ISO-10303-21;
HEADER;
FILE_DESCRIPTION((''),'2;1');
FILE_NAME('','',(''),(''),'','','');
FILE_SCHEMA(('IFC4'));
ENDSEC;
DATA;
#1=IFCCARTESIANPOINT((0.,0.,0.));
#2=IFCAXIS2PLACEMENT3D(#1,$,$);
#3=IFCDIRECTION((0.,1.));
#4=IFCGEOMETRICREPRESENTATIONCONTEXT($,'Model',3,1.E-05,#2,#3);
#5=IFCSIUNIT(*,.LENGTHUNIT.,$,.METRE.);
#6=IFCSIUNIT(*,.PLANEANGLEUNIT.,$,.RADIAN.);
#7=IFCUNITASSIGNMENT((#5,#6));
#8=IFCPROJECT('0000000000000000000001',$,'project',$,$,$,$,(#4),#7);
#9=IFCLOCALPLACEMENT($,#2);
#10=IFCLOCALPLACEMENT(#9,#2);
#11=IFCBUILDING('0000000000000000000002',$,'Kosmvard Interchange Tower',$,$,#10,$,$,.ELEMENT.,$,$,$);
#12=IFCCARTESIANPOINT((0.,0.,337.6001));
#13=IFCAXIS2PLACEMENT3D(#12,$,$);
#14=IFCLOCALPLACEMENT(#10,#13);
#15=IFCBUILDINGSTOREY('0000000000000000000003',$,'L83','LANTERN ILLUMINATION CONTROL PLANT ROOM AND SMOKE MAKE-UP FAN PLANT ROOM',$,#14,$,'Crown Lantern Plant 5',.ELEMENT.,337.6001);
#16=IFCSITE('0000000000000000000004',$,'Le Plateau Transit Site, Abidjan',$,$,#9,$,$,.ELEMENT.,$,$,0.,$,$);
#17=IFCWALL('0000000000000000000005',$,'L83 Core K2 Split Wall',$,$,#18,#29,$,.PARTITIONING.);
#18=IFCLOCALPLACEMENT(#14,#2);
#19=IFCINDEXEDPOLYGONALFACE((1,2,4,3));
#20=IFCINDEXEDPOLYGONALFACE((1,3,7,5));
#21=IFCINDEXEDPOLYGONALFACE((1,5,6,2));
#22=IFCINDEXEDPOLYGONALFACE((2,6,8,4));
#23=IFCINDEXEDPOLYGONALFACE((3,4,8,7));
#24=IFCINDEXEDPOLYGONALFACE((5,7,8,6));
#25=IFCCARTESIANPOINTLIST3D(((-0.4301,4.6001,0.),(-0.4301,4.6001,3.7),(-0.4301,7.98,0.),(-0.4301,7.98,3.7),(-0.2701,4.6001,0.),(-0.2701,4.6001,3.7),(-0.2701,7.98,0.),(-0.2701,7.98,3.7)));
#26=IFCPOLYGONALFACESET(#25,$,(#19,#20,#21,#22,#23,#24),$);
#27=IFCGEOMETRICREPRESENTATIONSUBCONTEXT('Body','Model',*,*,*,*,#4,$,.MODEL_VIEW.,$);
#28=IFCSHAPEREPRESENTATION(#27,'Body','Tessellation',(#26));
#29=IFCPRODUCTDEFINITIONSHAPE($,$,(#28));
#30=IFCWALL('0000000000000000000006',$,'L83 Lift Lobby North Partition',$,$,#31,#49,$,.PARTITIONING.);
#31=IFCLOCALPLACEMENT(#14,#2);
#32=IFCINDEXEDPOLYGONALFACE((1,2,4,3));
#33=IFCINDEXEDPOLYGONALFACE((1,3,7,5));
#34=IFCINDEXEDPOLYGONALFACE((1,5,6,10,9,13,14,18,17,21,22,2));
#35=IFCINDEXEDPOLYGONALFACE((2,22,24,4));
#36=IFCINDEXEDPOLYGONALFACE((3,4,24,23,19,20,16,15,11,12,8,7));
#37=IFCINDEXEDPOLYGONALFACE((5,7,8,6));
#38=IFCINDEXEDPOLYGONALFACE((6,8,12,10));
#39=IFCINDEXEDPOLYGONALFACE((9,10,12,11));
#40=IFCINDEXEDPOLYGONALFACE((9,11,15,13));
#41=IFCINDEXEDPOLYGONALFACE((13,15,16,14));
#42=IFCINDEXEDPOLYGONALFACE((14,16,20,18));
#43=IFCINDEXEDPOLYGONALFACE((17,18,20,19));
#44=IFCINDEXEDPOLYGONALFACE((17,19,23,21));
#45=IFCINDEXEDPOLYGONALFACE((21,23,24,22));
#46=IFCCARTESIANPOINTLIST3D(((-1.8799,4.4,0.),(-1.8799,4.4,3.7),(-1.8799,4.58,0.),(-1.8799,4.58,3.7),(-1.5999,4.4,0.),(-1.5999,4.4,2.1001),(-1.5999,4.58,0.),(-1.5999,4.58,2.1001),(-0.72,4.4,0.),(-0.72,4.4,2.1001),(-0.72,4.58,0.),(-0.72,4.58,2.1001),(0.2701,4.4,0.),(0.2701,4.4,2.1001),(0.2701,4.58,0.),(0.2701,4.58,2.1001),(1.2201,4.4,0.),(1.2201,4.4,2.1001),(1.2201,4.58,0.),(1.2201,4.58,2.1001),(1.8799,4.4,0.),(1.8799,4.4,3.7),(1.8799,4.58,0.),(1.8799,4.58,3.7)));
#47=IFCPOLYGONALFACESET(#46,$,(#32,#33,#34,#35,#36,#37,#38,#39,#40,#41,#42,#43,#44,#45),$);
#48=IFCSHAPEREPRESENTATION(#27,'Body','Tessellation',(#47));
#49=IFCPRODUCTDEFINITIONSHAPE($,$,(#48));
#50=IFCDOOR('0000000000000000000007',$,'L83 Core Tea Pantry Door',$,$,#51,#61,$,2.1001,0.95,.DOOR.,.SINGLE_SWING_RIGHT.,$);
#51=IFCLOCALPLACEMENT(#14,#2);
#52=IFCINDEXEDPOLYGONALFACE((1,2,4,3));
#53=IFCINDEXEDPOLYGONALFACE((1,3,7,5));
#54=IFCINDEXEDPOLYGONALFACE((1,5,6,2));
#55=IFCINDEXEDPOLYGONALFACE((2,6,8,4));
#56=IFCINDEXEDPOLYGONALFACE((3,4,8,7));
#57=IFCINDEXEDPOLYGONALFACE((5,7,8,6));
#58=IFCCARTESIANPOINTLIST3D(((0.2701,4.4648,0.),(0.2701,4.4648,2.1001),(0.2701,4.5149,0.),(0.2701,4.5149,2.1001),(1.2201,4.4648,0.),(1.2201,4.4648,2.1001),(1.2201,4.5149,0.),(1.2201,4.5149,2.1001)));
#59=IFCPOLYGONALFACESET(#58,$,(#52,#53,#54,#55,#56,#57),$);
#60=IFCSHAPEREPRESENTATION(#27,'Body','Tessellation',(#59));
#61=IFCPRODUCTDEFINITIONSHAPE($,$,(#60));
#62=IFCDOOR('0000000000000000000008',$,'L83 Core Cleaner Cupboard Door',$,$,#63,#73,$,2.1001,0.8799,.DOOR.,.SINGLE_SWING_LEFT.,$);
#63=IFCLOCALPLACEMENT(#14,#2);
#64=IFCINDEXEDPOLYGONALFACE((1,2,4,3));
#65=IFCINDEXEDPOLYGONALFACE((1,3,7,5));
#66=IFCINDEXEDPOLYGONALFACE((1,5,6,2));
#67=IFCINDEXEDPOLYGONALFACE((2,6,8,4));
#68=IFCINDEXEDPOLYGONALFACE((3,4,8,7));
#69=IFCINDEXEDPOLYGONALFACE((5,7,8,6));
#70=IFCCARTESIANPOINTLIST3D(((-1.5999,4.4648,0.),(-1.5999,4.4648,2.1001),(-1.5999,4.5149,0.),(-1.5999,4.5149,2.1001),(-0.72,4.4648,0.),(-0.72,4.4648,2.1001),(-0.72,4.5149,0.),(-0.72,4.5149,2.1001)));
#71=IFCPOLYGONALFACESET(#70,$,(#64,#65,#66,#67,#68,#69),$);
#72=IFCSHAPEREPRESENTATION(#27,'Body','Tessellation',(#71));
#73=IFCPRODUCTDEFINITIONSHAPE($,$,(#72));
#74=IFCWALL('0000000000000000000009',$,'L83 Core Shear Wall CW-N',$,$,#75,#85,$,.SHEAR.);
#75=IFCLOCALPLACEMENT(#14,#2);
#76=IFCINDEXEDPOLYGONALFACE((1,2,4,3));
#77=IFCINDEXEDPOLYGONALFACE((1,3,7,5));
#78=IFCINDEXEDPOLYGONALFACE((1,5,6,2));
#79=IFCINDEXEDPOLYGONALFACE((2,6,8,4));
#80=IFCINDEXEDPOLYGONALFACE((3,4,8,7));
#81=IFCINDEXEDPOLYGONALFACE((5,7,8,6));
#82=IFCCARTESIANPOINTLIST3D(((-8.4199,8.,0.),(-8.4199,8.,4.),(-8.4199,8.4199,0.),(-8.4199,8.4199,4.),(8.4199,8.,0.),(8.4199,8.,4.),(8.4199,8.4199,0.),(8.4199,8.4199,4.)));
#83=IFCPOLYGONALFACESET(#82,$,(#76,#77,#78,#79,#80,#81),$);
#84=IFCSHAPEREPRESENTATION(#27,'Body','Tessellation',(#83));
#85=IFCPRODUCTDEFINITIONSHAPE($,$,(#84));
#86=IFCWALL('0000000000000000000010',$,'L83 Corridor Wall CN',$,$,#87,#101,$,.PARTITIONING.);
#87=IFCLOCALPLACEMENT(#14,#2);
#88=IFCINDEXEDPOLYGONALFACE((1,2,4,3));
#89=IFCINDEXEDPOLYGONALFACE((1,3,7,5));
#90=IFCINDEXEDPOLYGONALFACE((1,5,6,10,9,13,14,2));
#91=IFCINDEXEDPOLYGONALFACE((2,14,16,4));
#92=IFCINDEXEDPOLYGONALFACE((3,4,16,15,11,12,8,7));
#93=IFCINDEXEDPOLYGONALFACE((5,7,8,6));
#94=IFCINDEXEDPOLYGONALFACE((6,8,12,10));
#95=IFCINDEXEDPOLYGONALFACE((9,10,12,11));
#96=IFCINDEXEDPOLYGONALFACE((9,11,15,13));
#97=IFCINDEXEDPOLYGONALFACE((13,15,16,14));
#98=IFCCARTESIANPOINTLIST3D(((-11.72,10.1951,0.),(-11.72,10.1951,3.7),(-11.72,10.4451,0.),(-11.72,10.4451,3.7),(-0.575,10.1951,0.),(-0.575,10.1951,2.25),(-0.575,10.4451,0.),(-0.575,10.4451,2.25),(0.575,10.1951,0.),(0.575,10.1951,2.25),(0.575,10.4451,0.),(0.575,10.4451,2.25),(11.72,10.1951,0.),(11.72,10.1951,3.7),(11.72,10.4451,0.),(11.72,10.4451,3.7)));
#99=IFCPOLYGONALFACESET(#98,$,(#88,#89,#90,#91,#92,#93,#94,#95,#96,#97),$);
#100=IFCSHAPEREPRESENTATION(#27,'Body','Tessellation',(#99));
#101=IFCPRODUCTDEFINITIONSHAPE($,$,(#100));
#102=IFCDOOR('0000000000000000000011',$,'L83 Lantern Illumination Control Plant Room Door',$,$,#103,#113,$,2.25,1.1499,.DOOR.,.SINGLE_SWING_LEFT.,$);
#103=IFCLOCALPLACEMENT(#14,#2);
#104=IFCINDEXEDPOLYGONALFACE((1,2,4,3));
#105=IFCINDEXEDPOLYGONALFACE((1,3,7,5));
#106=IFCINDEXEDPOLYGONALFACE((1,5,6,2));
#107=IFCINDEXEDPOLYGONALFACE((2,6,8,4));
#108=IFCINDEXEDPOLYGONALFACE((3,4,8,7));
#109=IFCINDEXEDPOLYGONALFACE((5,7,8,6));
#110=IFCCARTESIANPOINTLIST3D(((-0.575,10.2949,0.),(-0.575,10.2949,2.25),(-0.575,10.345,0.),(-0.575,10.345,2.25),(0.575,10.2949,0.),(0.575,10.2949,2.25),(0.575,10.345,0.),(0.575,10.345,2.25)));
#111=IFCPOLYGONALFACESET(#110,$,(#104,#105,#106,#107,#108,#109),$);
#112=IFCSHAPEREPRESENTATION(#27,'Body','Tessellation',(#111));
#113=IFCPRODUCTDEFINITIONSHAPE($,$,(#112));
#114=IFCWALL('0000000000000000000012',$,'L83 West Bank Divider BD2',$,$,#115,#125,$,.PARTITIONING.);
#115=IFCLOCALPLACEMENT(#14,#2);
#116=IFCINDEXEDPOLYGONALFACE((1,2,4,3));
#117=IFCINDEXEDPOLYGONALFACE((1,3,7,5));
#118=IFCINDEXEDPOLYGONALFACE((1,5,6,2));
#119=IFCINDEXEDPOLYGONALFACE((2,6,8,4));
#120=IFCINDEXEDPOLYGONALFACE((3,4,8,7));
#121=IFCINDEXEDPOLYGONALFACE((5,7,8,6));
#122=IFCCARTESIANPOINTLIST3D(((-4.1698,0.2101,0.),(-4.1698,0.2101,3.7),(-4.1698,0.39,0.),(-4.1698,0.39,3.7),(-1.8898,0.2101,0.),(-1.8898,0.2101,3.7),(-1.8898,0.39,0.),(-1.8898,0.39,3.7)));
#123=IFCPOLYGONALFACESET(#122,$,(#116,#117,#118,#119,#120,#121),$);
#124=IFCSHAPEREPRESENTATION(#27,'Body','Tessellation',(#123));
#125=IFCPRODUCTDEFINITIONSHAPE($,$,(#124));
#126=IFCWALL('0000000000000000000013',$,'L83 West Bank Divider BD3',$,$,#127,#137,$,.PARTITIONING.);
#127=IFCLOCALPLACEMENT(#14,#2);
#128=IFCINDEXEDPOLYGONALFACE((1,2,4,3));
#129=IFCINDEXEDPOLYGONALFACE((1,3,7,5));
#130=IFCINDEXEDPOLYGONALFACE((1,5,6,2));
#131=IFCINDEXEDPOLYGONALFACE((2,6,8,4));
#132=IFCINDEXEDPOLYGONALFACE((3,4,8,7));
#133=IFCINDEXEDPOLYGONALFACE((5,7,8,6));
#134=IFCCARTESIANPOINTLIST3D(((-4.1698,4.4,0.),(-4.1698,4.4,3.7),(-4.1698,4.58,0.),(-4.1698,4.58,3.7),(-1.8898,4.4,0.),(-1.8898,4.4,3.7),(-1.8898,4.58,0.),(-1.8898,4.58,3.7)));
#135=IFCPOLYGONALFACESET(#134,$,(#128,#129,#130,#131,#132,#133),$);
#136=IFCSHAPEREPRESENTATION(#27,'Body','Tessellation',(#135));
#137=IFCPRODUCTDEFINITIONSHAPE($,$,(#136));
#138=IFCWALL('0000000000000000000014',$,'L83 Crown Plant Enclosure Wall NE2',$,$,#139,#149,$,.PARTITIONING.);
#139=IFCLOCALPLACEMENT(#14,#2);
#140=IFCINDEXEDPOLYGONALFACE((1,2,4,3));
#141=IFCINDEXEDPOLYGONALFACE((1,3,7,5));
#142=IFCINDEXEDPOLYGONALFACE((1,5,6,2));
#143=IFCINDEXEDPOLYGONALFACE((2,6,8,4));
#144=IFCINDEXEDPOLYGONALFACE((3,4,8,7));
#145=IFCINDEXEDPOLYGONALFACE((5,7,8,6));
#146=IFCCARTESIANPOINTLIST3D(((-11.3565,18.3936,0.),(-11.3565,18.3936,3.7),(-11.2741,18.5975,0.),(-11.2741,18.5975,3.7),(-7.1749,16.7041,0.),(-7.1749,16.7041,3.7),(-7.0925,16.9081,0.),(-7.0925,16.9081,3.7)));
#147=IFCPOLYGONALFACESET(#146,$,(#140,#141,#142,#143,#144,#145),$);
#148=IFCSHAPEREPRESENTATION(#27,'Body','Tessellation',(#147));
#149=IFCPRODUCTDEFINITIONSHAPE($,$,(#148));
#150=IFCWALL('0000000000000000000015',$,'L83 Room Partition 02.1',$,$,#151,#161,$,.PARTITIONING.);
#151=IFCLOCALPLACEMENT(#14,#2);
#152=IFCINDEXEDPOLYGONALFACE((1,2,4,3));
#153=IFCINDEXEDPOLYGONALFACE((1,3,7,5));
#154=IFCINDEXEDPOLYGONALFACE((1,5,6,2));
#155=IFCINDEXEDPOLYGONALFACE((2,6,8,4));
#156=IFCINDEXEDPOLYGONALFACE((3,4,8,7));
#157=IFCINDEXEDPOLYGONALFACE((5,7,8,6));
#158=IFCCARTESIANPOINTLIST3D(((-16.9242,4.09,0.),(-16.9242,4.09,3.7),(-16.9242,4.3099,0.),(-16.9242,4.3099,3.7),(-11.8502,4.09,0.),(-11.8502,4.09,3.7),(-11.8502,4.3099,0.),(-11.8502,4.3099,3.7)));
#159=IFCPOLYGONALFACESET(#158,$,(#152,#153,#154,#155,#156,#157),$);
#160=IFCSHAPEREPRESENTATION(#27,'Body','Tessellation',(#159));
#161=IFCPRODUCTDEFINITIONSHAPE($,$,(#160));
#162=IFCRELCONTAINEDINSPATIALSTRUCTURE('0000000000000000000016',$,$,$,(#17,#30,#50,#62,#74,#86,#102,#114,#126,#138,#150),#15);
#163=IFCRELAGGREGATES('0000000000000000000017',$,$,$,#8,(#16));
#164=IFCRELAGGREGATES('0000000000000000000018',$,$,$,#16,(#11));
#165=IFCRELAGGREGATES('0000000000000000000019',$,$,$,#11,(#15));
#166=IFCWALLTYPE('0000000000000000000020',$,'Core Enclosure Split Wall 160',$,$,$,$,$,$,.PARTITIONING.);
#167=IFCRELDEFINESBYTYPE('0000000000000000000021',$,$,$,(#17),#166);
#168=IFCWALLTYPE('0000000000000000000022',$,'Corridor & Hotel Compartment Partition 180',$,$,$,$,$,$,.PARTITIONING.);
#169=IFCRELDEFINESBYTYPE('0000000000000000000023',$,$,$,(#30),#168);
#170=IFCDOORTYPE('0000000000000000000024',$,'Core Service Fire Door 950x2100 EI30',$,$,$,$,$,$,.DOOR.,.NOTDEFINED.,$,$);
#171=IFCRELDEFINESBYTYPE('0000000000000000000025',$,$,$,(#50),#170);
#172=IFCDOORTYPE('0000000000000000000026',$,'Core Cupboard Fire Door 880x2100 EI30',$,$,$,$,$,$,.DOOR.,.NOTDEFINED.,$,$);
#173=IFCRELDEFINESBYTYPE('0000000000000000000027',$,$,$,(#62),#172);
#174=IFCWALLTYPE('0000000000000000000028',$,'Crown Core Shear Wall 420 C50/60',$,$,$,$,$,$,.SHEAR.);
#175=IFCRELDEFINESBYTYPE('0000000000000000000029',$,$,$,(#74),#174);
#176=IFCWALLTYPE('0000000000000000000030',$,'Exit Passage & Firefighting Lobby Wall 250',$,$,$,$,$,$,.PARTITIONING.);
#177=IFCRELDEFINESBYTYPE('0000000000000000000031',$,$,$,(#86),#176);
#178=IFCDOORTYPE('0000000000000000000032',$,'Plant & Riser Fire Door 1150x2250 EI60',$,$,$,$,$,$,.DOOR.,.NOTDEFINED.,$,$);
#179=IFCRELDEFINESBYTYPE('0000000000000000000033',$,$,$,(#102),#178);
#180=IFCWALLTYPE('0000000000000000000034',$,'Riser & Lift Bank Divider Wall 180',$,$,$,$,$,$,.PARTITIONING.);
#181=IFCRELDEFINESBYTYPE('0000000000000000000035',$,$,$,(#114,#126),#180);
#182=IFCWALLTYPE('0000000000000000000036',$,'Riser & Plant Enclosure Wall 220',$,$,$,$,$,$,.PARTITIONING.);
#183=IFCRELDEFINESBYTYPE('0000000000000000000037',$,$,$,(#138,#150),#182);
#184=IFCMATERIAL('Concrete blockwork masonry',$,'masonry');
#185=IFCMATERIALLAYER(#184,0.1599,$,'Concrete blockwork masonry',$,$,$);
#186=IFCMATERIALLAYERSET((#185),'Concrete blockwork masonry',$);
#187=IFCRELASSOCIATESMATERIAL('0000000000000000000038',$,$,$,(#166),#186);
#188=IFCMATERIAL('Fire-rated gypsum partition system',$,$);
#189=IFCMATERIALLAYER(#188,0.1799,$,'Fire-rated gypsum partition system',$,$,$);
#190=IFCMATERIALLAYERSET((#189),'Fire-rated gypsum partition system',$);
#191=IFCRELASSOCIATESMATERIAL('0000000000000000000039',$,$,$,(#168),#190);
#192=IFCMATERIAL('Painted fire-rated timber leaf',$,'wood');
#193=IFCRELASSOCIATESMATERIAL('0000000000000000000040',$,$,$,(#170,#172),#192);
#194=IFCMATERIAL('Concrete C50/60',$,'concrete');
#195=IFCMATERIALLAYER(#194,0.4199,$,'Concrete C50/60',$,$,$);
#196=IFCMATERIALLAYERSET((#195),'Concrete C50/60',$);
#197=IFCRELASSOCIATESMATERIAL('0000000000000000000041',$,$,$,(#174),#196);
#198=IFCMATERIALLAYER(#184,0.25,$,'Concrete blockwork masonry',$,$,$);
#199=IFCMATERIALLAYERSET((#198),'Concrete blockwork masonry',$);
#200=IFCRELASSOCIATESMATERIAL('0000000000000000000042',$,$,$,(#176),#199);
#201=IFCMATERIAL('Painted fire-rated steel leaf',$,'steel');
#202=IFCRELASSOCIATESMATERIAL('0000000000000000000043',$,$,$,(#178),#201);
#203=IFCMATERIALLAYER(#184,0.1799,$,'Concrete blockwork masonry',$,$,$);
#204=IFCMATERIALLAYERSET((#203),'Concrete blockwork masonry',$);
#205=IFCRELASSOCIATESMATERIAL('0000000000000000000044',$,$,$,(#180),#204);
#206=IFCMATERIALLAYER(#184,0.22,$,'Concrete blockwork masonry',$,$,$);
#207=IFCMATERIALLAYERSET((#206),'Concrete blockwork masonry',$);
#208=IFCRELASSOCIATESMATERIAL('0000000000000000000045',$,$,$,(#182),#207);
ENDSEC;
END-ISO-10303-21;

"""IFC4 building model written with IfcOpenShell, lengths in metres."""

from ifc_helpers import new_model, si_unit, direction, frame, frame_2d, origin, place, context, subcontext, project, spatial, rectangle, extrude, source, transform, mapped, material, layer, layer_set, type_object, element, fill, save


model = new_model("IFC4")

# Units and contexts
model_context = context("Model", 3, precision=1e-05, world=origin(), true_north=direction((0.0, 1.0)))
body_context = subcontext(model_context, "Body", "Model", "MODEL_VIEW")
ifc_project = project(units=[si_unit("LENGTHUNIT", "METRE"), si_unit("PLANEANGLEUNIT", "RADIAN")], contexts=[model_context])

# Site, building, storey
site_placement = place(None, origin())
site = spatial("IfcSite", under=ifc_project, at=site_placement, Name="Le Plateau Transit Site, Abidjan", CompositionType="ELEMENT", RefElevation=0.0)
building_placement = place(site_placement, origin())
building = spatial("IfcBuilding", under=site, at=building_placement, Name="Kosmvard Interchange Tower", CompositionType="ELEMENT")
storey_placement = place(building_placement, frame((0.0, 0.0, 337.6001)))
storey = spatial("IfcBuildingStorey", under=building, at=storey_placement, Name="L83", Description="LANTERN ILLUMINATION CONTROL PLANT ROOM AND SMOKE MAKE-UP FAN PLANT ROOM", LongName="Crown Lantern Plant 5", CompositionType="ELEMENT", Elevation=337.6001)

# Shared definitions
ifc_material_1 = material(Name="Concrete C50/60", Category="concrete")

# Wall
ifc_material_2 = material(Name="Fire-rated gypsum partition system")
ifc_material_3 = material(Name="Concrete blockwork masonry", Category="masonry")
ifc_layer_1 = layer(ifc_material_3, 0.1599, Name="Concrete blockwork masonry")
ifc_layer_set_1 = layer_set([ifc_layer_1], Name="Concrete blockwork masonry")
wall_type_1 = type_object("IfcWallType", Name="Core Enclosure Split Wall 160", PredefinedType="PARTITIONING", material=ifc_layer_set_1)
wall_1_placement = place(storey_placement, frame((-0.3501, 4.6001, 0.0), z_axis=(0.0, 0.0, 1.0), x_axis=(0.0, 1.0, 0.0)))
element("IfcWall", 1, at=wall_1_placement, inside=storey, type_object=wall_type_1, Name="L83 Core K2 Split Wall", PredefinedType="PARTITIONING", context=body_context, shape_type="SweptSolid", body=[
    extrude(rectangle(XDim=3.3799, YDim=0.1599, at=frame_2d((1.6899, 0.0))), origin(), (0.0, 0.0, 1.0), 3.7),
])

# Wall, openings, doors
ifc_layer_2 = layer(ifc_material_2, 0.1799, Name="Fire-rated gypsum partition system")
ifc_layer_set_2 = layer_set([ifc_layer_2], Name="Fire-rated gypsum partition system")
wall_type_2 = type_object("IfcWallType", Name="Corridor & Hotel Compartment Partition 180", PredefinedType="PARTITIONING", material=ifc_layer_set_2)
wall_2_placement = place(storey_placement, frame((-1.8799, 4.49, 0.0), z_axis=(0.0, 0.0, 1.0), x_axis=(1.0, 0.0, 0.0)))
wall_2 = element("IfcWall", 2, at=wall_2_placement, inside=storey, type_object=wall_type_2, Name="L83 Lift Lobby North Partition", PredefinedType="PARTITIONING", context=body_context, shape_type="SweptSolid", body=[
    extrude(rectangle(XDim=3.7598, YDim=0.1799, at=frame_2d((1.8799, 0.0))), origin(), (0.0, 0.0, 1.0), 3.7),
])
opening_1_placement = place(wall_2_placement, frame((0.28, 0.0, 0.0)))
opening_1 = element("IfcOpeningElement", 3, at=opening_1_placement, cuts=wall_2, PredefinedType="OPENING", context=body_context, shape_type="SweptSolid", body=[
    extrude(rectangle(XDim=0.8799, YDim=2.1001, at=frame_2d((0.4399, 1.05))), frame((0.0, 0.1001, 0.0), z_axis=(0.0, -1.0, 0.0), x_axis=(1.0, 0.0, 0.0)), (0.0, 0.0, 1.0), 0.2),
])
opening_2_placement = place(wall_2_placement, frame((2.1499, 0.0, 0.0)))
opening_2 = element("IfcOpeningElement", 4, at=opening_2_placement, cuts=wall_2, PredefinedType="OPENING", context=body_context, shape_type="SweptSolid", body=[
    extrude(rectangle(XDim=0.95, YDim=2.1001, at=frame_2d((0.4751, 1.05))), frame((0.0, 0.1001, 0.0), z_axis=(0.0, -1.0, 0.0), x_axis=(1.0, 0.0, 0.0)), (0.0, 0.0, 1.0), 0.2),
])
ifc_material_4 = material(Name="Painted fire-rated timber leaf", Category="wood")
door_type_1 = type_object("IfcDoorType", Name="Core Service Fire Door 950x2100 EI30", OperationType="NOTDEFINED", PredefinedType="DOOR", material=ifc_material_4)
shared_shape_1 = source(origin(), body_context, "Body", "SweptSolid", [
    extrude(rectangle(XDim=0.95, YDim=2.1001, at=frame_2d((0.4751, 1.05))), frame((0.0, 0.0249, 0.0), z_axis=(0.0, -1.0, 0.0), x_axis=(1.0, 0.0, 0.0)), (0.0, 0.0, 1.0), 0.05),
])
door_1_placement = place(opening_2_placement, origin())
door_1 = element("IfcDoor", 5, at=door_1_placement, inside=storey, type_object=door_type_1, Name="L83 Core Tea Pantry Door", OperationType="SINGLE_SWING_RIGHT", OverallHeight=2.1001, OverallWidth=0.95, PredefinedType="DOOR", context=body_context, shape_type="MappedRepresentation", body=[
    mapped(shared_shape_1, transform((0.0, 0.0, 0.0), scale=1.0)),
])
fill(opening_2, door_1)
door_type_2 = type_object("IfcDoorType", Name="Core Cupboard Fire Door 880x2100 EI30", OperationType="NOTDEFINED", PredefinedType="DOOR", material=ifc_material_4)
shared_shape_2 = source(origin(), body_context, "Body", "SweptSolid", [
    extrude(rectangle(XDim=0.8799, YDim=2.1001, at=frame_2d((0.4399, 1.05))), frame((0.0, 0.0249, 0.0), z_axis=(0.0, -1.0, 0.0), x_axis=(1.0, 0.0, 0.0)), (0.0, 0.0, 1.0), 0.05),
])
door_2_placement = place(opening_1_placement, origin())
door_2 = element("IfcDoor", 6, at=door_2_placement, inside=storey, type_object=door_type_2, Name="L83 Core Cleaner Cupboard Door", OperationType="SINGLE_SWING_LEFT", OverallHeight=2.1001, OverallWidth=0.8799, PredefinedType="DOOR", context=body_context, shape_type="MappedRepresentation", body=[
    mapped(shared_shape_2, transform((0.0, 0.0, 0.0), scale=1.0)),
])
fill(opening_1, door_2)

# Wall
ifc_layer_3 = layer(ifc_material_1, 0.4199, Name="Concrete C50/60")
ifc_layer_set_3 = layer_set([ifc_layer_3], Name="Concrete C50/60")
wall_type_3 = type_object("IfcWallType", Name="Crown Core Shear Wall 420 C50/60", PredefinedType="SHEAR", material=ifc_layer_set_3)
wall_3_placement = place(storey_placement, frame((-8.4199, 8.21, 0.0), z_axis=(0.0, 0.0, 1.0), x_axis=(1.0, 0.0, 0.0)))
element("IfcWall", 7, at=wall_3_placement, inside=storey, type_object=wall_type_3, Name="L83 Core Shear Wall CW-N", PredefinedType="SHEAR", context=body_context, shape_type="SweptSolid", body=[
    extrude(rectangle(XDim=16.8398, YDim=0.4199, at=frame_2d((8.4199, 0.0))), origin(), (0.0, 0.0, 1.0), 4.0),
])

# Wall, opening, door
ifc_layer_4 = layer(ifc_material_3, 0.25, Name="Concrete blockwork masonry")
ifc_layer_set_4 = layer_set([ifc_layer_4], Name="Concrete blockwork masonry")
wall_type_4 = type_object("IfcWallType", Name="Exit Passage & Firefighting Lobby Wall 250", PredefinedType="PARTITIONING", material=ifc_layer_set_4)
wall_4_placement = place(storey_placement, frame((-11.72, 10.3201, 0.0), z_axis=(0.0, 0.0, 1.0), x_axis=(1.0, 0.0, 0.0)))
wall_4 = element("IfcWall", 8, at=wall_4_placement, inside=storey, type_object=wall_type_4, Name="L83 Corridor Wall CN", PredefinedType="PARTITIONING", context=body_context, shape_type="SweptSolid", body=[
    extrude(rectangle(XDim=23.4399, YDim=0.25, at=frame_2d((11.72, 0.0))), origin(), (0.0, 0.0, 1.0), 3.7),
])
opening_3_placement = place(wall_4_placement, frame((11.145, 0.0, 0.0)))
opening_3 = element("IfcOpeningElement", 9, at=opening_3_placement, cuts=wall_4, PredefinedType="OPENING", context=body_context, shape_type="SweptSolid", body=[
    extrude(rectangle(XDim=1.1499, YDim=2.25, at=frame_2d((0.575, 1.125))), frame((0.0, 0.135, 0.0), z_axis=(0.0, -1.0, 0.0), x_axis=(1.0, 0.0, 0.0)), (0.0, 0.0, 1.0), 0.27),
])
ifc_material_5 = material(Name="Painted fire-rated steel leaf", Category="steel")
door_type_3 = type_object("IfcDoorType", Name="Plant & Riser Fire Door 1150x2250 EI60", OperationType="NOTDEFINED", PredefinedType="DOOR", material=ifc_material_5)
shared_shape_3 = source(origin(), body_context, "Body", "SweptSolid", [
    extrude(rectangle(XDim=1.1499, YDim=2.25, at=frame_2d((0.575, 1.125))), frame((0.0, 0.0249, 0.0), z_axis=(0.0, -1.0, 0.0), x_axis=(1.0, 0.0, 0.0)), (0.0, 0.0, 1.0), 0.05),
])
door_3_placement = place(opening_3_placement, origin())
door_3 = element("IfcDoor", 10, at=door_3_placement, inside=storey, type_object=door_type_3, Name="L83 Lantern Illumination Control Plant Room Door", OperationType="SINGLE_SWING_LEFT", OverallHeight=2.25, OverallWidth=1.1499, PredefinedType="DOOR", context=body_context, shape_type="MappedRepresentation", body=[
    mapped(shared_shape_3, transform((0.0, 0.0, 0.0), scale=1.0)),
])
fill(opening_3, door_3)

# Walls
ifc_layer_5 = layer(ifc_material_3, 0.1799, Name="Concrete blockwork masonry")
ifc_layer_set_5 = layer_set([ifc_layer_5], Name="Concrete blockwork masonry")
wall_type_5 = type_object("IfcWallType", Name="Riser & Lift Bank Divider Wall 180", PredefinedType="PARTITIONING", material=ifc_layer_set_5)
for number, where, z_axis, x_axis, name in (
    (11, (-4.1699, 0.3, 0.0), (0.0, 0.0, 1.0), (1.0, 0.0, 0.0), "L83 West Bank Divider BD2"),
    (12, (-4.1699, 4.49, 0.0), (0.0, 0.0, 1.0), (1.0, 0.0, 0.0), "L83 West Bank Divider BD3"),
):
    element("IfcWall", number, at=place(storey_placement, frame(where, z_axis=z_axis, x_axis=x_axis)), inside=storey, type_object=wall_type_5, Name=name, PredefinedType="PARTITIONING", context=body_context, shape_type="SweptSolid", body=[
        extrude(rectangle(XDim=2.28, YDim=0.1799, at=frame_2d((1.1401, 0.0))), origin(), (0.0, 0.0, 1.0), 3.7),
    ])
ifc_layer_6 = layer(ifc_material_3, 0.22, Name="Concrete blockwork masonry")
ifc_layer_set_6 = layer_set([ifc_layer_6], Name="Concrete blockwork masonry")
wall_type_6 = type_object("IfcWallType", Name="Riser & Plant Enclosure Wall 220", PredefinedType="PARTITIONING", material=ifc_layer_set_6)
wall_5_placement = place(storey_placement, frame((-7.1338, 16.8062, 0.0), z_axis=(0.0, 0.0, 1.0), x_axis=(-0.927187, 0.374599, 0.0)))
element("IfcWall", 13, at=wall_5_placement, inside=storey, type_object=wall_type_6, Name="L83 Crown Plant Enclosure Wall NE2", PredefinedType="PARTITIONING", context=body_context, shape_type="SweptSolid", body=[
    extrude(rectangle(XDim=4.51, YDim=0.22, at=frame_2d((2.2549, 0.0))), origin(), (0.0, 0.0, 1.0), 3.7),
])
wall_6_placement = place(storey_placement, frame((-11.8501, 4.2, 0.0), z_axis=(0.0, 0.0, 1.0), x_axis=(-1.0, 0.0, 0.0)))
element("IfcWall", 14, at=wall_6_placement, inside=storey, type_object=wall_type_6, Name="L83 Room Partition 02.1", PredefinedType="PARTITIONING", context=body_context, shape_type="SweptSolid", body=[
    extrude(rectangle(XDim=5.074, YDim=0.22, at=frame_2d((2.5371, 0.0))), origin(), (0.0, 0.0, 1.0), 3.7),
])

save(model, "model.ifc")
